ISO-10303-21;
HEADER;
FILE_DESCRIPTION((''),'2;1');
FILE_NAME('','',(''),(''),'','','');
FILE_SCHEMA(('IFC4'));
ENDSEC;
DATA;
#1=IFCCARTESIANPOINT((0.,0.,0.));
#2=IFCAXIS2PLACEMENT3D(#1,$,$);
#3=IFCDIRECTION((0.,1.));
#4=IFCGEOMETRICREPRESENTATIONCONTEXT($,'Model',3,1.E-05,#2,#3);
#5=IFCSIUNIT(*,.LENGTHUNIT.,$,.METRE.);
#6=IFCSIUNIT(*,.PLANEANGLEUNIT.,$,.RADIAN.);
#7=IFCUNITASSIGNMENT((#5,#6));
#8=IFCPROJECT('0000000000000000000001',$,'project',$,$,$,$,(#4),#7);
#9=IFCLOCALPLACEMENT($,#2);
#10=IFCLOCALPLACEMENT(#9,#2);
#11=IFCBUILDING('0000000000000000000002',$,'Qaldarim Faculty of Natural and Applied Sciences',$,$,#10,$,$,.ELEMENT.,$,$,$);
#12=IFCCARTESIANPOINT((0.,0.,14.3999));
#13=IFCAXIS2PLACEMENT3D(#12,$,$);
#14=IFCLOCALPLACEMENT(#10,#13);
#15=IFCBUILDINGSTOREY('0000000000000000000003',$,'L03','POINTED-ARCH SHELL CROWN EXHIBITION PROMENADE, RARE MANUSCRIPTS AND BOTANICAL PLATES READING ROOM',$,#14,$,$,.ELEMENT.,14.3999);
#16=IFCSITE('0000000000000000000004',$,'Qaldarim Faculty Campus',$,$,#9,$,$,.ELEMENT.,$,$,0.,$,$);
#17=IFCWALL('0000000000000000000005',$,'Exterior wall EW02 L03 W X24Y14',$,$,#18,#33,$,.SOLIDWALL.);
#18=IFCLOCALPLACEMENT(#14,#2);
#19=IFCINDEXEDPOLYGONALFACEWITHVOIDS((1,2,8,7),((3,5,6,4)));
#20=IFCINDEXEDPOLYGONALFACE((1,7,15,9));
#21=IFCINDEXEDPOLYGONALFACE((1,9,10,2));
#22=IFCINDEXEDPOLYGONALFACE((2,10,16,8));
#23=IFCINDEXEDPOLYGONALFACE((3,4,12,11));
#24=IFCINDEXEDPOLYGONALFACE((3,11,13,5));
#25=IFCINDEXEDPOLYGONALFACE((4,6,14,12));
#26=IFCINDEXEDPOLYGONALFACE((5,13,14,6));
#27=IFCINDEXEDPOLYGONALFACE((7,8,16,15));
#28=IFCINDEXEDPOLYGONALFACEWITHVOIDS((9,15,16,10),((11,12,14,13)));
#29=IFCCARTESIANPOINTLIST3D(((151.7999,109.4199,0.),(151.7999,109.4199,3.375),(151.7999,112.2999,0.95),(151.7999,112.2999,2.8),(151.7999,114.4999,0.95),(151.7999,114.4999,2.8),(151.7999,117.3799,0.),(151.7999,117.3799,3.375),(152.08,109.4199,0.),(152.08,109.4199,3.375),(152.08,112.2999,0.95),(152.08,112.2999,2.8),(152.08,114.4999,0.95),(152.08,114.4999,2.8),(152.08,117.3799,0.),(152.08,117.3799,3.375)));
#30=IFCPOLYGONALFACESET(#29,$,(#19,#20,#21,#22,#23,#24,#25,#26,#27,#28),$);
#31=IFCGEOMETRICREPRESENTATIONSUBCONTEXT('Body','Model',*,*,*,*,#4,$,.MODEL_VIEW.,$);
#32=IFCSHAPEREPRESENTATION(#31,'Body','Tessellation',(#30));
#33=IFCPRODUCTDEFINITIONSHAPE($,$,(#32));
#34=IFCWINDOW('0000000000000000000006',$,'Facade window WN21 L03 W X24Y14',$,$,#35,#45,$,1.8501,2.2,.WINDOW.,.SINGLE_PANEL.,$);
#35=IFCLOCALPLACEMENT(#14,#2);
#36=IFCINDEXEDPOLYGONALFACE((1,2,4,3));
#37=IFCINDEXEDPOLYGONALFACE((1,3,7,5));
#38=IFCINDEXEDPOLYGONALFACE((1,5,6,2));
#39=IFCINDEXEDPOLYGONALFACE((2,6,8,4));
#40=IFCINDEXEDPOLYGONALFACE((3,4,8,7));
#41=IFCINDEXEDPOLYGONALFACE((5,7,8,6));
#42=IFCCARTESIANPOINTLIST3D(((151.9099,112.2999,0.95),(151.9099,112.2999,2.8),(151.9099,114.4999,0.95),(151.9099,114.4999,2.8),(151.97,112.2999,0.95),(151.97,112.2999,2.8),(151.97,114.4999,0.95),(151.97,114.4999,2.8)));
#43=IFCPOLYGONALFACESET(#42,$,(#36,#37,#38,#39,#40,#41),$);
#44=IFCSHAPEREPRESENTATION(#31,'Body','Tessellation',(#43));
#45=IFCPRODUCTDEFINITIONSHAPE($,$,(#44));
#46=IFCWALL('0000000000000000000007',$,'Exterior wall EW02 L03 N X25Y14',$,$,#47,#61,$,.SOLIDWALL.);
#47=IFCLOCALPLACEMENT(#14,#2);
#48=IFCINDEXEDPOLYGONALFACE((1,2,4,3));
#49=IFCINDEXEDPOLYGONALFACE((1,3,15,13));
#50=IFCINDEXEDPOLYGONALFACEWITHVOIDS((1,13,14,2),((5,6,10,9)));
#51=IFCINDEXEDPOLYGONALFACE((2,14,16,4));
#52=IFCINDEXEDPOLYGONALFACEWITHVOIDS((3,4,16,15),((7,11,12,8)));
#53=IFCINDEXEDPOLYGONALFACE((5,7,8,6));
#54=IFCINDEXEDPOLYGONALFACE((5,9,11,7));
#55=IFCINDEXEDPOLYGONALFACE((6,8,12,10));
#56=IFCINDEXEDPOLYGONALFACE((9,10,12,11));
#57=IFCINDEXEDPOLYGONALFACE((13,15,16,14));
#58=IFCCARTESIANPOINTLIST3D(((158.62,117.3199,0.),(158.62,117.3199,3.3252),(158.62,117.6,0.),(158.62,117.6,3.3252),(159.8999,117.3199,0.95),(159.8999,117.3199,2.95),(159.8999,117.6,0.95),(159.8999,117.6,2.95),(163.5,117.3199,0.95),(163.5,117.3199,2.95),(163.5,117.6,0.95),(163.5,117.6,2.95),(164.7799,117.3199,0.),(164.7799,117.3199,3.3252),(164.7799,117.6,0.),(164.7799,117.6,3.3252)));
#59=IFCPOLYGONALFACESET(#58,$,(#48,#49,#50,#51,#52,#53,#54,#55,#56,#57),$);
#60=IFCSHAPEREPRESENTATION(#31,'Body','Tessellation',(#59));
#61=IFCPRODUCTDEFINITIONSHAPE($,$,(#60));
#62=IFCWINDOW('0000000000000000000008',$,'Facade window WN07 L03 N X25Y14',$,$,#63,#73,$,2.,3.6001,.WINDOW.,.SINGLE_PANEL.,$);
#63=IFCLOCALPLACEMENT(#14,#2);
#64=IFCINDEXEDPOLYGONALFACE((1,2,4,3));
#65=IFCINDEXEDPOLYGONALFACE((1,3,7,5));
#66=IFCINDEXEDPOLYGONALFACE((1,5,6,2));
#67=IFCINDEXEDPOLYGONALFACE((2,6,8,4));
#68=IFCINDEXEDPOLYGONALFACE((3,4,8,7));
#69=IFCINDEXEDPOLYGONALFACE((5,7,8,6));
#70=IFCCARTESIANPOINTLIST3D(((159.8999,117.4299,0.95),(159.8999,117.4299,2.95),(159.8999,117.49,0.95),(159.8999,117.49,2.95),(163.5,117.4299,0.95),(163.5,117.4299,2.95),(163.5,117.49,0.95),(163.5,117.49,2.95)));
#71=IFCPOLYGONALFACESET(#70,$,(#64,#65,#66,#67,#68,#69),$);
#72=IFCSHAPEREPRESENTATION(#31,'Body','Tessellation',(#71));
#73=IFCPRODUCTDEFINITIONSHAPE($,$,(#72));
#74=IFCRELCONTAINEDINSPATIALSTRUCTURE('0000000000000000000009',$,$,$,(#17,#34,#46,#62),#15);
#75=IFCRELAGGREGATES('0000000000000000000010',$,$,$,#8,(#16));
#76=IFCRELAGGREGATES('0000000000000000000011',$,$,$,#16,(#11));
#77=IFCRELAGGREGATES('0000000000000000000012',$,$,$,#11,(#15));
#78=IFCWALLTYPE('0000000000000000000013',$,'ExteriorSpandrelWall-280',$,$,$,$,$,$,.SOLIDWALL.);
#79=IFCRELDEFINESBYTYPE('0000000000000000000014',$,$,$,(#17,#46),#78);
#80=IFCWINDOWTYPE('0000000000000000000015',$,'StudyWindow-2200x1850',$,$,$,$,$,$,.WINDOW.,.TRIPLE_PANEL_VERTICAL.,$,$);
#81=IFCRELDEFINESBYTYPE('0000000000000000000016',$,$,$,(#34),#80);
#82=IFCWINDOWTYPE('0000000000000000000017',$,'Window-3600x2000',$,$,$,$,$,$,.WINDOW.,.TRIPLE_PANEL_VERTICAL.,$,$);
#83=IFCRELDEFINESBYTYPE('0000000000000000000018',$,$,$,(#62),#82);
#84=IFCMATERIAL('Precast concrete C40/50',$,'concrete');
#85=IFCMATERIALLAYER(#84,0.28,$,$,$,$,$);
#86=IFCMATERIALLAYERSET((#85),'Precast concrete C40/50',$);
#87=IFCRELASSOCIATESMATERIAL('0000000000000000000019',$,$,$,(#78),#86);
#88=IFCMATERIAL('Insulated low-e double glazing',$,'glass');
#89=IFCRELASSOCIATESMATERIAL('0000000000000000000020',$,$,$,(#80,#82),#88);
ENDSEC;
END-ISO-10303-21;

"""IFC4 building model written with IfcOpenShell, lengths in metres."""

from ifc_helpers import new_model, si_unit, direction, frame, frame_2d, origin, place, context, subcontext, project, spatial, rectangle, extrude, material, layer, layer_set, type_object, element, fill, save


model = new_model("IFC4")

# Units and contexts
model_context = context("Model", 3, precision=1e-05, world=origin(), true_north=direction((0.0, 1.0)))
body_context = subcontext(model_context, "Body", "Model", "MODEL_VIEW")
ifc_project = project(units=[si_unit("LENGTHUNIT", "METRE"), si_unit("PLANEANGLEUNIT", "RADIAN")], contexts=[model_context])

# Site, building, storey
site_placement = place(None, origin())
site = spatial("IfcSite", under=ifc_project, at=site_placement, Name="Qaldarim Faculty Campus", CompositionType="ELEMENT", RefElevation=0.0)
building_placement = place(site_placement, origin())
building = spatial("IfcBuilding", under=site, at=building_placement, Name="Qaldarim Faculty of Natural and Applied Sciences", CompositionType="ELEMENT")
storey_placement = place(building_placement, frame((0.0, 0.0, 14.3999)))
storey = spatial("IfcBuildingStorey", under=building, at=storey_placement, Name="L03", Description="POINTED-ARCH SHELL CROWN EXHIBITION PROMENADE, RARE MANUSCRIPTS AND BOTANICAL PLATES READING ROOM", CompositionType="ELEMENT", Elevation=14.3999)

# Shared definitions
ifc_material_1 = material(Name="Precast concrete C40/50", Category="concrete")

# Walls, openings, windows
ifc_layer_1 = layer(ifc_material_1, 0.28)
ifc_layer_set_1 = layer_set([ifc_layer_1], Name="Precast concrete C40/50")
wall_type_1 = type_object("IfcWallType", Name="ExteriorSpandrelWall-280", PredefinedType="SOLIDWALL", material=ifc_layer_set_1)
ifc_material_2 = material(Name="Insulated low-e double glazing", Category="glass")
wall_1_placement = place(storey_placement, frame((151.9399, 117.3799, 0.0), z_axis=(0.0, 0.0, 1.0), x_axis=(0.0, -1.0, 0.0)))
wall_1 = element("IfcWall", 1, at=wall_1_placement, inside=storey, type_object=wall_type_1, Name="Exterior wall EW02 L03 W X24Y14", PredefinedType="SOLIDWALL", context=body_context, shape_type="SweptSolid", body=[
    extrude(rectangle(XDim=7.96, YDim=0.28, at=frame_2d((3.98, 0.0))), origin(), (0.0, 0.0, 1.0), 3.375),
])
opening_1_placement = place(wall_1_placement, frame((2.8799, 0.0, 0.95)))
opening_1 = element("IfcOpeningElement", 2, at=opening_1_placement, cuts=wall_1, PredefinedType="OPENING", context=body_context, shape_type="SweptSolid", body=[
    extrude(rectangle(XDim=2.2, YDim=1.8501, at=frame_2d((1.1001, 0.925))), frame((0.0, 0.1499, 0.0), z_axis=(0.0, -1.0, 0.0), x_axis=(1.0, 0.0, 0.0)), (0.0, 0.0, 1.0), 0.3),
])
window_type_1 = type_object("IfcWindowType", Name="StudyWindow-2200x1850", PartitioningType="TRIPLE_PANEL_VERTICAL", PredefinedType="WINDOW", material=ifc_material_2)
window_1_placement = place(opening_1_placement, origin())
window_1 = element("IfcWindow", 3, at=window_1_placement, inside=storey, type_object=window_type_1, Name="Facade window WN21 L03 W X24Y14", OverallHeight=1.8501, OverallWidth=2.2, PartitioningType="SINGLE_PANEL", PredefinedType="WINDOW", context=body_context, shape_type="SweptSolid", body=[
    extrude(rectangle(XDim=2.2, YDim=1.8501, at=frame_2d((1.1001, 0.925))), frame((0.0, 0.03, 0.0), z_axis=(0.0, -1.0, 0.0), x_axis=(1.0, 0.0, 0.0)), (0.0, 0.0, 1.0), 0.0601),
])
fill(opening_1, window_1)
wall_2_placement = place(storey_placement, frame((164.78, 117.46, 0.0), z_axis=(0.0, 0.0, 1.0), x_axis=(-1.0, 0.0, 0.0)))
wall_2 = element("IfcWall", 4, at=wall_2_placement, inside=storey, type_object=wall_type_1, Name="Exterior wall EW02 L03 N X25Y14", PredefinedType="SOLIDWALL", context=body_context, shape_type="SweptSolid", body=[
    extrude(rectangle(XDim=6.1599, YDim=0.28, at=frame_2d((3.0801, 0.0))), origin(), (0.0, 0.0, 1.0), 3.3252),
])
opening_2_placement = place(wall_2_placement, frame((1.28, 0.0, 0.95)))
opening_2 = element("IfcOpeningElement", 5, at=opening_2_placement, cuts=wall_2, PredefinedType="OPENING", context=body_context, shape_type="SweptSolid", body=[
    extrude(rectangle(XDim=3.6001, YDim=2.0, at=frame_2d((1.8, 1.0))), frame((0.0, 0.1499, 0.0), z_axis=(0.0, -1.0, 0.0), x_axis=(1.0, 0.0, 0.0)), (0.0, 0.0, 1.0), 0.3),
])
window_type_2 = type_object("IfcWindowType", Name="Window-3600x2000", PartitioningType="TRIPLE_PANEL_VERTICAL", PredefinedType="WINDOW", material=ifc_material_2)
window_2_placement = place(opening_2_placement, origin())
window_2 = element("IfcWindow", 6, at=window_2_placement, inside=storey, type_object=window_type_2, Name="Facade window WN07 L03 N X25Y14", OverallHeight=2.0, OverallWidth=3.6001, PartitioningType="SINGLE_PANEL", PredefinedType="WINDOW", context=body_context, shape_type="SweptSolid", body=[
    extrude(rectangle(XDim=3.6001, YDim=2.0, at=frame_2d((1.8, 1.0))), frame((0.0, 0.03, 0.0), z_axis=(0.0, -1.0, 0.0), x_axis=(1.0, 0.0, 0.0)), (0.0, 0.0, 1.0), 0.0601),
])
fill(opening_2, window_2)

save(model, "model.ifc")
